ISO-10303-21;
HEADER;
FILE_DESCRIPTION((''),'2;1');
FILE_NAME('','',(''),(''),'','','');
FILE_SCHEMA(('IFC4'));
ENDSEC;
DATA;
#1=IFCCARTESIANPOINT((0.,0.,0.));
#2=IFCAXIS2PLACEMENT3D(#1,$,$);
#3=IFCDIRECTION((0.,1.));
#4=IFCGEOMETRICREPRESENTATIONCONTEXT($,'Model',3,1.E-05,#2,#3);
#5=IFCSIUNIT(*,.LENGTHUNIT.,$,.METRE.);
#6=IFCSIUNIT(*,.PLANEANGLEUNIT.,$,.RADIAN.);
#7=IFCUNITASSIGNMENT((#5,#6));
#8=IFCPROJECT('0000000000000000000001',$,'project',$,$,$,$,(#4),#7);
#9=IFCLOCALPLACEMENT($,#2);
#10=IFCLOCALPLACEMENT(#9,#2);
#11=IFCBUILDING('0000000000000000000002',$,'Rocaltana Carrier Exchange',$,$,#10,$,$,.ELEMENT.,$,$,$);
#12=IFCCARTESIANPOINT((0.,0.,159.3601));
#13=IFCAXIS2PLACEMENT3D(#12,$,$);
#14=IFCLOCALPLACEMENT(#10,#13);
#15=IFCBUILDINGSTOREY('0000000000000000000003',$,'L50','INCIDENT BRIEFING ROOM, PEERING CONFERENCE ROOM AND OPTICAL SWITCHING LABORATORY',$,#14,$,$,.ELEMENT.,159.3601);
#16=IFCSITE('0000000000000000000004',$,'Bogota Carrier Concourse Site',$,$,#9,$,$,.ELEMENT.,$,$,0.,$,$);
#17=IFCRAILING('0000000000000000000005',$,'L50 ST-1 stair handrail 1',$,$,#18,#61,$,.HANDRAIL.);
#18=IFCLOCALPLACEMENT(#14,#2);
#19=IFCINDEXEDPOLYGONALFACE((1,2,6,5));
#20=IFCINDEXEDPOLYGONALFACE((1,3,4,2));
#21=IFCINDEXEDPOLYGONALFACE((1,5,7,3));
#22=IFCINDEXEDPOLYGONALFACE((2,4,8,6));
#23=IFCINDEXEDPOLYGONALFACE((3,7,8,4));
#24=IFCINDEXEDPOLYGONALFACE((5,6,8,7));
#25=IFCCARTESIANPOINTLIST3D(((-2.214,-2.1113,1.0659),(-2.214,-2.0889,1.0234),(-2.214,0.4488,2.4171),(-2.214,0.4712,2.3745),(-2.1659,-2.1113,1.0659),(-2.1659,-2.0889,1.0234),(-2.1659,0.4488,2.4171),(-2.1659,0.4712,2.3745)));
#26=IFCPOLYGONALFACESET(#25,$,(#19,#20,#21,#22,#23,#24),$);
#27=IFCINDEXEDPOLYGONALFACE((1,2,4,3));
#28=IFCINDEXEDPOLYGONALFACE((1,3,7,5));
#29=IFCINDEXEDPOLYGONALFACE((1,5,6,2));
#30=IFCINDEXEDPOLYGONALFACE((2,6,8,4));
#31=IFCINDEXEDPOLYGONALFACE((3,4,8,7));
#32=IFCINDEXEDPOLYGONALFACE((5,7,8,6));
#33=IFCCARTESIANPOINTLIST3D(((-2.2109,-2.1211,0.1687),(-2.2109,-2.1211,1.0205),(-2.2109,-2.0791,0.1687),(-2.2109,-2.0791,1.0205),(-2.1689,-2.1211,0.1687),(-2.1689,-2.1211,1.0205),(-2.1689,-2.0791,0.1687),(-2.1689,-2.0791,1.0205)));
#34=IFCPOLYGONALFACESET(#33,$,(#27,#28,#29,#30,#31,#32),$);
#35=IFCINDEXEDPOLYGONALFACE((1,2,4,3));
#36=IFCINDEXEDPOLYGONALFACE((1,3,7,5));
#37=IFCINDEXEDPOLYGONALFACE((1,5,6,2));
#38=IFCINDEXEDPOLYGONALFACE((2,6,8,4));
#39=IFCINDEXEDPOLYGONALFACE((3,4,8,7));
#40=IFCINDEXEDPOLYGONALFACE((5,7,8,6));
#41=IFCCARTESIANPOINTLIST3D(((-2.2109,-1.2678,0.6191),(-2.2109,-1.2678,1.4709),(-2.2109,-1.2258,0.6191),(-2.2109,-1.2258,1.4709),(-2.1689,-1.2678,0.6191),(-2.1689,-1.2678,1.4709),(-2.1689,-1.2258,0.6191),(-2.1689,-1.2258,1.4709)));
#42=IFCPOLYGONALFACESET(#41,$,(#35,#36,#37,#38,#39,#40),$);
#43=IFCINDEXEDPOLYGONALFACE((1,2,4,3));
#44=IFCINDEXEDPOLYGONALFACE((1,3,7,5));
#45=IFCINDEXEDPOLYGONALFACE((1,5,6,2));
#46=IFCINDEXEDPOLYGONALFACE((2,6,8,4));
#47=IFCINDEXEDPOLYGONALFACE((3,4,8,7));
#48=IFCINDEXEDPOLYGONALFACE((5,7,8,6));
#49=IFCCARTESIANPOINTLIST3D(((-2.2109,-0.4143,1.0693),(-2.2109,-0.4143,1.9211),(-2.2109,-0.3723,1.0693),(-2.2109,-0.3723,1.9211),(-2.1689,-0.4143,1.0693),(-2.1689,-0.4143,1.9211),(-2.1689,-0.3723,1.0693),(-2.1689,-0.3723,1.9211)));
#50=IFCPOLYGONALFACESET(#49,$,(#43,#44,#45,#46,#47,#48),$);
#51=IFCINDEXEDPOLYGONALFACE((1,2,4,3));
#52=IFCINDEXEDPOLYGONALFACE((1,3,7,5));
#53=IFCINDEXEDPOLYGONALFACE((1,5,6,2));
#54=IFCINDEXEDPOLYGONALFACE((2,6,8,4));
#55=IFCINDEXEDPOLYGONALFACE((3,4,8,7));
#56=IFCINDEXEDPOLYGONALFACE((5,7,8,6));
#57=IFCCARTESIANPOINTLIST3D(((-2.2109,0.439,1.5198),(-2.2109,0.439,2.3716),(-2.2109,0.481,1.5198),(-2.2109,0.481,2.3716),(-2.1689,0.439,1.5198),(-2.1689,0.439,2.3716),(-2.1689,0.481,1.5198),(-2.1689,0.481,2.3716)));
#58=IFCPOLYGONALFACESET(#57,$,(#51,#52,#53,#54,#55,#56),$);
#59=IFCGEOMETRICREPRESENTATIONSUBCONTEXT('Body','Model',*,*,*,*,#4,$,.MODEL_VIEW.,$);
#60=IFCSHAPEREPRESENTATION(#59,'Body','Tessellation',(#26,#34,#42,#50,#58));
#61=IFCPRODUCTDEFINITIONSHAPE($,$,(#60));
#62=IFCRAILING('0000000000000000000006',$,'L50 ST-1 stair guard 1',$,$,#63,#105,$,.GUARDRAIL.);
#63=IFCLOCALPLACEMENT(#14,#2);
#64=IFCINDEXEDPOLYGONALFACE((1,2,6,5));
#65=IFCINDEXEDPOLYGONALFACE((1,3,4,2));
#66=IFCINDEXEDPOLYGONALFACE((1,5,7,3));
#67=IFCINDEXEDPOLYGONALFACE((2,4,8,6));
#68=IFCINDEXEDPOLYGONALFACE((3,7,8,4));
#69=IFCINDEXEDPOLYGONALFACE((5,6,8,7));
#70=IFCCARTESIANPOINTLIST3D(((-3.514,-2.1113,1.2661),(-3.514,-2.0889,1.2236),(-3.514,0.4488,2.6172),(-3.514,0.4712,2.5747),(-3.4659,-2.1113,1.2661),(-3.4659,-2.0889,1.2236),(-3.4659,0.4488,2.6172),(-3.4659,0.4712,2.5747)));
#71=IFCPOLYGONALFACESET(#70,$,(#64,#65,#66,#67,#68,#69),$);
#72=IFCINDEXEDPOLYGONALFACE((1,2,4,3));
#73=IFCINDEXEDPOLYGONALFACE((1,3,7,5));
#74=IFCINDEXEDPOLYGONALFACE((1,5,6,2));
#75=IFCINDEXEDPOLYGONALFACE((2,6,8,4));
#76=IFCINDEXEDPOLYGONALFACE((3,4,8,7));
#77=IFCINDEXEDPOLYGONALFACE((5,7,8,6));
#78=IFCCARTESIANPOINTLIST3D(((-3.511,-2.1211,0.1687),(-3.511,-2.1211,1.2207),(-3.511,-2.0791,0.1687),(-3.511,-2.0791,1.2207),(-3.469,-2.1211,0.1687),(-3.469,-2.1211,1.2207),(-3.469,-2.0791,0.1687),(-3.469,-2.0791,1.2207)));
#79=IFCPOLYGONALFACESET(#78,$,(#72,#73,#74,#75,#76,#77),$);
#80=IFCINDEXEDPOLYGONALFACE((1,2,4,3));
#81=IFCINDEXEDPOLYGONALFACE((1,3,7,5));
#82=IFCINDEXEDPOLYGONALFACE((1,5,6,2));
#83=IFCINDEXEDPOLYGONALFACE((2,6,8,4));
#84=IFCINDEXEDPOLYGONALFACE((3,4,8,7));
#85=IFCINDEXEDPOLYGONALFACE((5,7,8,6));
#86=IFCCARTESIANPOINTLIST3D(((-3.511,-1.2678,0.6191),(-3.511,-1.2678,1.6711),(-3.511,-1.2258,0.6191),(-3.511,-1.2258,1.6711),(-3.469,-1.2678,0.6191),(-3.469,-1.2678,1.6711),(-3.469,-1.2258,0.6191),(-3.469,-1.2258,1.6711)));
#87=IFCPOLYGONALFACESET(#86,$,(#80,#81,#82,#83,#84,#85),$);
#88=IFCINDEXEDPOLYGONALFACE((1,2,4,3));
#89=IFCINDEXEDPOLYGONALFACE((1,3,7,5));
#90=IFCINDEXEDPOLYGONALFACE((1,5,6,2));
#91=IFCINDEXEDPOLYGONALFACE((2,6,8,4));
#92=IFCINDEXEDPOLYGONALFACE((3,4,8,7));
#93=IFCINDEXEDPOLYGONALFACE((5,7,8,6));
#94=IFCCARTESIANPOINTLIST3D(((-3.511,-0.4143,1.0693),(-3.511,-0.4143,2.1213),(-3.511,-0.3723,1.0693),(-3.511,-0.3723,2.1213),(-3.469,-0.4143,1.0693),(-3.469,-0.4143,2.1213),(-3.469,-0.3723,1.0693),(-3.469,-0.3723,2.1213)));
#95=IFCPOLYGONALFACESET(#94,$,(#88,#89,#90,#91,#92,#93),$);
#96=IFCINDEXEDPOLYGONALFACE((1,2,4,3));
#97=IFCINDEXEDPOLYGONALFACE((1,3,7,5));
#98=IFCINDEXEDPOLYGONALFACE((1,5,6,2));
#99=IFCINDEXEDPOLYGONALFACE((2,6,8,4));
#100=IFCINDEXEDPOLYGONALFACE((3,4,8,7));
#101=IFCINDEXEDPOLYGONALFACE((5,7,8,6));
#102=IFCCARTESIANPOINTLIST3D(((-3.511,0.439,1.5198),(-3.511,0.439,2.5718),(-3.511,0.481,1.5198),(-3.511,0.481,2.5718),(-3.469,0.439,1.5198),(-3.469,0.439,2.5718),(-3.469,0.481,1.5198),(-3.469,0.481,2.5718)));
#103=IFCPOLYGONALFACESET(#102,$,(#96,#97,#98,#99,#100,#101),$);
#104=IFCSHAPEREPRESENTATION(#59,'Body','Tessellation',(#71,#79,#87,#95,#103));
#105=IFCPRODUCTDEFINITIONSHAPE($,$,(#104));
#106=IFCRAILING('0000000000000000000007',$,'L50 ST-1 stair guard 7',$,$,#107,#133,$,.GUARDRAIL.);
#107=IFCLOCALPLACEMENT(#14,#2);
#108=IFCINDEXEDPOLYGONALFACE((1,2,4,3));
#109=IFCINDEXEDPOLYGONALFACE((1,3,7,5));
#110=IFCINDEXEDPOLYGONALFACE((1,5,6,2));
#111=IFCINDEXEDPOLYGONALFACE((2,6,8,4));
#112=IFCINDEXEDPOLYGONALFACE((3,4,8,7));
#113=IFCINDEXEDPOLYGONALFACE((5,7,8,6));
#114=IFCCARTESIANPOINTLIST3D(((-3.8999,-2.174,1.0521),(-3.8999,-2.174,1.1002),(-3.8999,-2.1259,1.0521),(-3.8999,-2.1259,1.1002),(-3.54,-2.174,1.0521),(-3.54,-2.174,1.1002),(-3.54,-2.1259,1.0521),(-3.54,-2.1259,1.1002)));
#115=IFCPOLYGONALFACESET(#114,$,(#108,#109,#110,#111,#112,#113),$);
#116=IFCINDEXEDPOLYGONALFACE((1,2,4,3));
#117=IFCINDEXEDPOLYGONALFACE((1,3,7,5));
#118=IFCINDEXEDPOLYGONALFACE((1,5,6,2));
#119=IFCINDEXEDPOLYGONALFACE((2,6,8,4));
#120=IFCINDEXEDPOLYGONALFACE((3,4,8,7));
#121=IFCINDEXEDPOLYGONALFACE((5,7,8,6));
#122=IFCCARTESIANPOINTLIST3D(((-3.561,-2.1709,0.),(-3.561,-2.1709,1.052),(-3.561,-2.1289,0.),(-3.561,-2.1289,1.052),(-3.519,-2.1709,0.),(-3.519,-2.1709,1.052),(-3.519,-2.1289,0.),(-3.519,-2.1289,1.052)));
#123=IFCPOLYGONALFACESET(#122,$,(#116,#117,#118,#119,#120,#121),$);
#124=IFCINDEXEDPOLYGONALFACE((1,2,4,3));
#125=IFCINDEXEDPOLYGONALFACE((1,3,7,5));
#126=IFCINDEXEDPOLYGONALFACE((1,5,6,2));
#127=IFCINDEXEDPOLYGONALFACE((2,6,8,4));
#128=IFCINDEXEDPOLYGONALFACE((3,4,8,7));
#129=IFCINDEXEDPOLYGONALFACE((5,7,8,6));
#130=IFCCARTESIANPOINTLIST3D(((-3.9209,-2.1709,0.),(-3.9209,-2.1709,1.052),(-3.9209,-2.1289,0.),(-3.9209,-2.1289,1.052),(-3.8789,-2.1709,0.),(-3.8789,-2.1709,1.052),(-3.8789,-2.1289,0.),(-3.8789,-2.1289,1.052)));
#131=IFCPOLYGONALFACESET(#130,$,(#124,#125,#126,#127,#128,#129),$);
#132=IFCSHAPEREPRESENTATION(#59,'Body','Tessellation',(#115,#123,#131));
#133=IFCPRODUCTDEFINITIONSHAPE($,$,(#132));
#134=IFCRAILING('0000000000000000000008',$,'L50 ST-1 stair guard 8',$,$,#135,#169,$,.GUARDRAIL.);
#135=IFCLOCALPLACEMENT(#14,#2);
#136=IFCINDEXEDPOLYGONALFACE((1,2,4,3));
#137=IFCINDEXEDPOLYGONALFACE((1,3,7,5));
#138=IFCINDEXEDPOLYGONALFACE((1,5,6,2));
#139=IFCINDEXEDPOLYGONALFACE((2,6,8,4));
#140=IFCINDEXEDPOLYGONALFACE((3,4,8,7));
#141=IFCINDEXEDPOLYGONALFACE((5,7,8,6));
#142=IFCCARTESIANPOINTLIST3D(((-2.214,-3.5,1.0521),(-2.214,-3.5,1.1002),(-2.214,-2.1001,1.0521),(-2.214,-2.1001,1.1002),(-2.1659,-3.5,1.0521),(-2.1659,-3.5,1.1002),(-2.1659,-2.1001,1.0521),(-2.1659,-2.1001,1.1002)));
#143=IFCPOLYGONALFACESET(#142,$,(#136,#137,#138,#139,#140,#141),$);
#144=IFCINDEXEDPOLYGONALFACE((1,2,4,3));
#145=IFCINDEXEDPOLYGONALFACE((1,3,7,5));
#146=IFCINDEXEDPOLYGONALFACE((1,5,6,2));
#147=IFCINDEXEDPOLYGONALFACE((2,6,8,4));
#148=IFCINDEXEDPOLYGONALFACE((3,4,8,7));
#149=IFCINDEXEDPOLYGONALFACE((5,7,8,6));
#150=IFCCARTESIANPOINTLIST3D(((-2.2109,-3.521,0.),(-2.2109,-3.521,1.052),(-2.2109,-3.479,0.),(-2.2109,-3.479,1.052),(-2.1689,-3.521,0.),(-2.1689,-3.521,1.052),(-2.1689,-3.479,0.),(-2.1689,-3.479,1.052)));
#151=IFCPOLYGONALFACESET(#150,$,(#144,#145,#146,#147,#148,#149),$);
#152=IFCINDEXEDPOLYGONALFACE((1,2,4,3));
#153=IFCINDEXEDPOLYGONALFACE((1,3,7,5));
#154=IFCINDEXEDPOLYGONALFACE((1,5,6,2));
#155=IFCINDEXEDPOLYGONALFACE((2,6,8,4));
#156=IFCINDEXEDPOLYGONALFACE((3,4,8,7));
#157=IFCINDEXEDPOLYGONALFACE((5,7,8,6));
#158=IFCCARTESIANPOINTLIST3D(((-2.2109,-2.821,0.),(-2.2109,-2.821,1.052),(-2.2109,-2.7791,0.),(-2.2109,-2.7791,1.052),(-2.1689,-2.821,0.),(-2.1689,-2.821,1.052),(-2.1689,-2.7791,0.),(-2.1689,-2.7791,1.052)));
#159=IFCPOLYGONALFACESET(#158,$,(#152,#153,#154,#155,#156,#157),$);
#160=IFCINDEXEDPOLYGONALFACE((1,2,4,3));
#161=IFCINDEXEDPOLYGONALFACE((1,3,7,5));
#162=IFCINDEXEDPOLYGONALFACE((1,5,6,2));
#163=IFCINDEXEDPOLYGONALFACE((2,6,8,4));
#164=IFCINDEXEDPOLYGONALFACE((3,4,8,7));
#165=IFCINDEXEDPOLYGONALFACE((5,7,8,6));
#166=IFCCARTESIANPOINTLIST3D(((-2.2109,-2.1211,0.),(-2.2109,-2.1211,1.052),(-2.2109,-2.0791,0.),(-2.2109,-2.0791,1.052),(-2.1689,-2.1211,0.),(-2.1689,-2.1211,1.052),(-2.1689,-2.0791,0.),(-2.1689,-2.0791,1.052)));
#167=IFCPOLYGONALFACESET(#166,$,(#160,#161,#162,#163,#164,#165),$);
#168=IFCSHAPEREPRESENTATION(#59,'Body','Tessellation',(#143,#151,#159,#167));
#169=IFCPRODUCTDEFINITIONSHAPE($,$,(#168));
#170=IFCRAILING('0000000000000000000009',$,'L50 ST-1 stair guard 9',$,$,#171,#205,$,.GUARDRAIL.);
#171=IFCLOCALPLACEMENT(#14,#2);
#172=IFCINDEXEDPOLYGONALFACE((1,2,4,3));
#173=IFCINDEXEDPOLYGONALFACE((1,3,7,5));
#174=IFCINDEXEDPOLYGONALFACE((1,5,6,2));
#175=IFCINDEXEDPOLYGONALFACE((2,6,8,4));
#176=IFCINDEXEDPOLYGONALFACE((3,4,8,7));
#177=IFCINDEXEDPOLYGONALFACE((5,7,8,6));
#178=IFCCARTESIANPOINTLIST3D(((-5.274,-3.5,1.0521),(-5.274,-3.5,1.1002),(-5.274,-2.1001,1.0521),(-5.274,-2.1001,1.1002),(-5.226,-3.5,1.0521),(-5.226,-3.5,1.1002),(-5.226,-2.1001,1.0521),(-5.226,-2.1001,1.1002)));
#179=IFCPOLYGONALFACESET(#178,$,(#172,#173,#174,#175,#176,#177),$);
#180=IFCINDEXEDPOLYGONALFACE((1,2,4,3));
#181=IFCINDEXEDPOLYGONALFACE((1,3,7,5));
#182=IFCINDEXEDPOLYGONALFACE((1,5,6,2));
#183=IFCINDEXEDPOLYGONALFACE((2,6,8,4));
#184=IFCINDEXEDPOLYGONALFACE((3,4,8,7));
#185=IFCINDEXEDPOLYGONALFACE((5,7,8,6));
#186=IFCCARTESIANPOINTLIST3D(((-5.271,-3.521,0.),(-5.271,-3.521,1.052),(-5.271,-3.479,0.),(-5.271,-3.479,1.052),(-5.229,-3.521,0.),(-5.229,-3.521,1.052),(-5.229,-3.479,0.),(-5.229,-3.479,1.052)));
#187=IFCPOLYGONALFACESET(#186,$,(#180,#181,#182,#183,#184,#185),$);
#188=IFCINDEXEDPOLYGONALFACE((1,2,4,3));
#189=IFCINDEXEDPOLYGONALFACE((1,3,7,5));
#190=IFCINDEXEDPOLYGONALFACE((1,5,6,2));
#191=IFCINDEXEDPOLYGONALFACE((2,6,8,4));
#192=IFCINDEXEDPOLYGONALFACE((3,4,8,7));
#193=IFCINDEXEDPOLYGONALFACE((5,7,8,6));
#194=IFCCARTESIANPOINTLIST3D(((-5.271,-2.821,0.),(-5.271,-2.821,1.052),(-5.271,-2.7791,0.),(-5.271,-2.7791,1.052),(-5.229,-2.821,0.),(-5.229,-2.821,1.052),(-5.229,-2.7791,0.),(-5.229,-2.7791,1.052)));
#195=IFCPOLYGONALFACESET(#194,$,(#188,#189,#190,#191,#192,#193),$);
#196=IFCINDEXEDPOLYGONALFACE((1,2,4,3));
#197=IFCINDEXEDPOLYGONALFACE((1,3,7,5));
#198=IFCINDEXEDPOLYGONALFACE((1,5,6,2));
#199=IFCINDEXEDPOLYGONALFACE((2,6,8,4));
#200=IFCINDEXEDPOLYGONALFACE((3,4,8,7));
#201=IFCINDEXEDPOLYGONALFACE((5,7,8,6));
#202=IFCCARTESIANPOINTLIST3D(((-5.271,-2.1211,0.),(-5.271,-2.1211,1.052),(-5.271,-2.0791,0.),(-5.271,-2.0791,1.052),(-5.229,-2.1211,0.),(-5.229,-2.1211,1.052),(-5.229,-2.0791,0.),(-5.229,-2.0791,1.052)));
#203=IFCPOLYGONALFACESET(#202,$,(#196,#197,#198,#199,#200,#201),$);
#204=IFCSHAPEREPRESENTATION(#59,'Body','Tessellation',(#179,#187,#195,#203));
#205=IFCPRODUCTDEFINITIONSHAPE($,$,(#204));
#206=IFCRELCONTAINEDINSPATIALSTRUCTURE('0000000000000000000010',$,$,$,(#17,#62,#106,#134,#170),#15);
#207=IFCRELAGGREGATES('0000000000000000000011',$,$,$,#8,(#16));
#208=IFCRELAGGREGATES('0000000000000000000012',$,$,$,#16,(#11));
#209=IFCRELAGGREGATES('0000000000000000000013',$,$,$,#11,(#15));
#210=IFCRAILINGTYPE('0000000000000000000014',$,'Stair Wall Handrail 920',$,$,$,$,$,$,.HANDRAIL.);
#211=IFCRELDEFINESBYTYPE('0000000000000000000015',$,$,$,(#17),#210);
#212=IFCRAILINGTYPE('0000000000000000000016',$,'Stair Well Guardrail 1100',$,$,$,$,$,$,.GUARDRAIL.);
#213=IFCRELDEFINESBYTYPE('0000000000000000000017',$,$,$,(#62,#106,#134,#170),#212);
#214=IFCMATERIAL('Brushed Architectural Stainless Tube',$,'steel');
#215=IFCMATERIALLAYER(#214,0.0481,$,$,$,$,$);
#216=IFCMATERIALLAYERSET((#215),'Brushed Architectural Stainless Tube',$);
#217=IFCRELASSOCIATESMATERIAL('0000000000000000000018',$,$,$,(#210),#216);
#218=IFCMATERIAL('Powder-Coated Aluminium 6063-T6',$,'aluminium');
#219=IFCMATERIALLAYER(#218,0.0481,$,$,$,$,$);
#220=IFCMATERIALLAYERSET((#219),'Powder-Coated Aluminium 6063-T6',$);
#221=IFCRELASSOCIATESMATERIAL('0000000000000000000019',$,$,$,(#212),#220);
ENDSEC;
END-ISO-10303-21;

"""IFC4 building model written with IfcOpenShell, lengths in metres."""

from ifc_helpers import new_model, si_unit, direction, frame, origin, origin_2d, place, context, subcontext, project, spatial, rectangle, extrude, material, layer, layer_set, type_object, element, save


model = new_model("IFC4")

# Units and contexts
model_context = context("Model", 3, precision=1e-05, world=origin(), true_north=direction((0.0, 1.0)))
body_context = subcontext(model_context, "Body", "Model", "MODEL_VIEW")
ifc_project = project(units=[si_unit("LENGTHUNIT", "METRE"), si_unit("PLANEANGLEUNIT", "RADIAN")], contexts=[model_context])

# Site, building, storey
site_placement = place(None, origin())
site = spatial("IfcSite", under=ifc_project, at=site_placement, Name="Bogota Carrier Concourse Site", CompositionType="ELEMENT", RefElevation=0.0)
building_placement = place(site_placement, origin())
building = spatial("IfcBuilding", under=site, at=building_placement, Name="Rocaltana Carrier Exchange", CompositionType="ELEMENT")
storey_placement = place(building_placement, frame((0.0, 0.0, 159.3601)))
storey = spatial("IfcBuildingStorey", under=building, at=storey_placement, Name="L50", Description="INCIDENT BRIEFING ROOM, PEERING CONFERENCE ROOM AND OPTICAL SWITCHING LABORATORY", CompositionType="ELEMENT", Elevation=159.3601)

# Railings
ifc_material_1 = material(Name="Brushed Architectural Stainless Tube", Category="steel")
ifc_layer_1 = layer(ifc_material_1, 0.0481)
ifc_layer_set_1 = layer_set([ifc_layer_1], Name="Brushed Architectural Stainless Tube")
railing_type_1 = type_object("IfcRailingType", Name="Stair Wall Handrail 920", PredefinedType="HANDRAIL", material=ifc_layer_set_1)
railing_1_placement = place(storey_placement, frame((-2.1899, -2.1001, 0.1687)))
element("IfcRailing", 1, at=railing_1_placement, inside=storey, type_object=railing_type_1, Name="L50 ST-1 stair handrail 1", PredefinedType="HANDRAIL", context=body_context, shape_type="SweptSolid", body=[
    extrude(rectangle(XDim=0.0481, YDim=0.0481, at=origin_2d()), frame((0.0, 0.0, 0.876), z_axis=(0.0, 0.884394, 0.46674), x_axis=(-1.0, 0.0, 0.0)), (0.0, 0.0, 1.0), 2.8948),
    extrude(rectangle(XDim=0.042, YDim=0.042, at=origin_2d()), origin(), (0.0, 0.0, 1.0), 0.8518),
    extrude(rectangle(XDim=0.042, YDim=0.042, at=origin_2d()), frame((0.0, 0.8533, 0.4504)), (0.0, 0.0, 1.0), 0.8518),
    extrude(rectangle(XDim=0.042, YDim=0.042, at=origin_2d()), frame((0.0, 1.7068, 0.9006)), (0.0, 0.0, 1.0), 0.8518),
    extrude(rectangle(XDim=0.042, YDim=0.042, at=origin_2d()), frame((0.0, 2.5601, 1.3511)), (0.0, 0.0, 1.0), 0.8518),
])
ifc_material_2 = material(Name="Powder-Coated Aluminium 6063-T6", Category="aluminium")
ifc_layer_2 = layer(ifc_material_2, 0.0481)
ifc_layer_set_2 = layer_set([ifc_layer_2], Name="Powder-Coated Aluminium 6063-T6")
railing_type_2 = type_object("IfcRailingType", Name="Stair Well Guardrail 1100", PredefinedType="GUARDRAIL", material=ifc_layer_set_2)
railing_2_placement = place(storey_placement, frame((-3.49, -2.1001, 0.1687)))
element("IfcRailing", 2, at=railing_2_placement, inside=storey, type_object=railing_type_2, Name="L50 ST-1 stair guard 1", PredefinedType="GUARDRAIL", context=body_context, shape_type="SweptSolid", body=[
    extrude(rectangle(XDim=0.0481, YDim=0.0481, at=origin_2d()), frame((0.0, 0.0, 1.0762), z_axis=(0.0, 0.884394, 0.46674), x_axis=(-1.0, 0.0, 0.0)), (0.0, 0.0, 1.0), 2.8948),
    extrude(rectangle(XDim=0.042, YDim=0.042, at=origin_2d()), origin(), (0.0, 0.0, 1.0), 1.052),
    extrude(rectangle(XDim=0.042, YDim=0.042, at=origin_2d()), frame((0.0, 0.8533, 0.4504)), (0.0, 0.0, 1.0), 1.052),
    extrude(rectangle(XDim=0.042, YDim=0.042, at=origin_2d()), frame((0.0, 1.7068, 0.9006)), (0.0, 0.0, 1.0), 1.052),
    extrude(rectangle(XDim=0.042, YDim=0.042, at=origin_2d()), frame((0.0, 2.5601, 1.3511)), (0.0, 0.0, 1.0), 1.052),
])
railing_3_placement = place(storey_placement, frame((-3.54, -2.1499, 0.0)))
element("IfcRailing", 3, at=railing_3_placement, inside=storey, type_object=railing_type_2, Name="L50 ST-1 stair guard 7", PredefinedType="GUARDRAIL", context=body_context, shape_type="SweptSolid", body=[
    extrude(rectangle(XDim=0.0481, YDim=0.0481, at=origin_2d()), frame((0.0, 0.0, 1.0762), z_axis=(-1.0, 0.0, 0.0), x_axis=(0.0, -1.0, 0.0)), (0.0, 0.0, 1.0), 0.3599),
    extrude(rectangle(XDim=0.042, YDim=0.042, at=origin_2d()), origin(), (0.0, 0.0, 1.0), 1.052),
    extrude(rectangle(XDim=0.042, YDim=0.042, at=origin_2d()), frame((-0.3599, 0.0, 0.0)), (0.0, 0.0, 1.0), 1.052),
])
for number, where, name in (
    (4, (-2.1899, -3.5, 0.0), "L50 ST-1 stair guard 8"),
    (5, (-5.25, -3.5, 0.0), "L50 ST-1 stair guard 9"),
):
    element("IfcRailing", number, at=place(storey_placement, frame(where)), inside=storey, type_object=railing_type_2, Name=name, PredefinedType="GUARDRAIL", context=body_context, shape_type="SweptSolid", body=[
        extrude(rectangle(XDim=0.0481, YDim=0.0481, at=origin_2d()), frame((0.0, 0.0, 1.0762), z_axis=(0.0, 1.0, 0.0), x_axis=(-1.0, 0.0, 0.0)), (0.0, 0.0, 1.0), 1.3999),
        extrude(rectangle(XDim=0.042, YDim=0.042, at=origin_2d()), origin(), (0.0, 0.0, 1.0), 1.052),
        extrude(rectangle(XDim=0.042, YDim=0.042, at=origin_2d()), frame((0.0, 0.7, 0.0)), (0.0, 0.0, 1.0), 1.052),
        extrude(rectangle(XDim=0.042, YDim=0.042, at=origin_2d()), frame((0.0, 1.3999, 0.0)), (0.0, 0.0, 1.0), 1.052),
    ])

save(model, "model.ifc")
